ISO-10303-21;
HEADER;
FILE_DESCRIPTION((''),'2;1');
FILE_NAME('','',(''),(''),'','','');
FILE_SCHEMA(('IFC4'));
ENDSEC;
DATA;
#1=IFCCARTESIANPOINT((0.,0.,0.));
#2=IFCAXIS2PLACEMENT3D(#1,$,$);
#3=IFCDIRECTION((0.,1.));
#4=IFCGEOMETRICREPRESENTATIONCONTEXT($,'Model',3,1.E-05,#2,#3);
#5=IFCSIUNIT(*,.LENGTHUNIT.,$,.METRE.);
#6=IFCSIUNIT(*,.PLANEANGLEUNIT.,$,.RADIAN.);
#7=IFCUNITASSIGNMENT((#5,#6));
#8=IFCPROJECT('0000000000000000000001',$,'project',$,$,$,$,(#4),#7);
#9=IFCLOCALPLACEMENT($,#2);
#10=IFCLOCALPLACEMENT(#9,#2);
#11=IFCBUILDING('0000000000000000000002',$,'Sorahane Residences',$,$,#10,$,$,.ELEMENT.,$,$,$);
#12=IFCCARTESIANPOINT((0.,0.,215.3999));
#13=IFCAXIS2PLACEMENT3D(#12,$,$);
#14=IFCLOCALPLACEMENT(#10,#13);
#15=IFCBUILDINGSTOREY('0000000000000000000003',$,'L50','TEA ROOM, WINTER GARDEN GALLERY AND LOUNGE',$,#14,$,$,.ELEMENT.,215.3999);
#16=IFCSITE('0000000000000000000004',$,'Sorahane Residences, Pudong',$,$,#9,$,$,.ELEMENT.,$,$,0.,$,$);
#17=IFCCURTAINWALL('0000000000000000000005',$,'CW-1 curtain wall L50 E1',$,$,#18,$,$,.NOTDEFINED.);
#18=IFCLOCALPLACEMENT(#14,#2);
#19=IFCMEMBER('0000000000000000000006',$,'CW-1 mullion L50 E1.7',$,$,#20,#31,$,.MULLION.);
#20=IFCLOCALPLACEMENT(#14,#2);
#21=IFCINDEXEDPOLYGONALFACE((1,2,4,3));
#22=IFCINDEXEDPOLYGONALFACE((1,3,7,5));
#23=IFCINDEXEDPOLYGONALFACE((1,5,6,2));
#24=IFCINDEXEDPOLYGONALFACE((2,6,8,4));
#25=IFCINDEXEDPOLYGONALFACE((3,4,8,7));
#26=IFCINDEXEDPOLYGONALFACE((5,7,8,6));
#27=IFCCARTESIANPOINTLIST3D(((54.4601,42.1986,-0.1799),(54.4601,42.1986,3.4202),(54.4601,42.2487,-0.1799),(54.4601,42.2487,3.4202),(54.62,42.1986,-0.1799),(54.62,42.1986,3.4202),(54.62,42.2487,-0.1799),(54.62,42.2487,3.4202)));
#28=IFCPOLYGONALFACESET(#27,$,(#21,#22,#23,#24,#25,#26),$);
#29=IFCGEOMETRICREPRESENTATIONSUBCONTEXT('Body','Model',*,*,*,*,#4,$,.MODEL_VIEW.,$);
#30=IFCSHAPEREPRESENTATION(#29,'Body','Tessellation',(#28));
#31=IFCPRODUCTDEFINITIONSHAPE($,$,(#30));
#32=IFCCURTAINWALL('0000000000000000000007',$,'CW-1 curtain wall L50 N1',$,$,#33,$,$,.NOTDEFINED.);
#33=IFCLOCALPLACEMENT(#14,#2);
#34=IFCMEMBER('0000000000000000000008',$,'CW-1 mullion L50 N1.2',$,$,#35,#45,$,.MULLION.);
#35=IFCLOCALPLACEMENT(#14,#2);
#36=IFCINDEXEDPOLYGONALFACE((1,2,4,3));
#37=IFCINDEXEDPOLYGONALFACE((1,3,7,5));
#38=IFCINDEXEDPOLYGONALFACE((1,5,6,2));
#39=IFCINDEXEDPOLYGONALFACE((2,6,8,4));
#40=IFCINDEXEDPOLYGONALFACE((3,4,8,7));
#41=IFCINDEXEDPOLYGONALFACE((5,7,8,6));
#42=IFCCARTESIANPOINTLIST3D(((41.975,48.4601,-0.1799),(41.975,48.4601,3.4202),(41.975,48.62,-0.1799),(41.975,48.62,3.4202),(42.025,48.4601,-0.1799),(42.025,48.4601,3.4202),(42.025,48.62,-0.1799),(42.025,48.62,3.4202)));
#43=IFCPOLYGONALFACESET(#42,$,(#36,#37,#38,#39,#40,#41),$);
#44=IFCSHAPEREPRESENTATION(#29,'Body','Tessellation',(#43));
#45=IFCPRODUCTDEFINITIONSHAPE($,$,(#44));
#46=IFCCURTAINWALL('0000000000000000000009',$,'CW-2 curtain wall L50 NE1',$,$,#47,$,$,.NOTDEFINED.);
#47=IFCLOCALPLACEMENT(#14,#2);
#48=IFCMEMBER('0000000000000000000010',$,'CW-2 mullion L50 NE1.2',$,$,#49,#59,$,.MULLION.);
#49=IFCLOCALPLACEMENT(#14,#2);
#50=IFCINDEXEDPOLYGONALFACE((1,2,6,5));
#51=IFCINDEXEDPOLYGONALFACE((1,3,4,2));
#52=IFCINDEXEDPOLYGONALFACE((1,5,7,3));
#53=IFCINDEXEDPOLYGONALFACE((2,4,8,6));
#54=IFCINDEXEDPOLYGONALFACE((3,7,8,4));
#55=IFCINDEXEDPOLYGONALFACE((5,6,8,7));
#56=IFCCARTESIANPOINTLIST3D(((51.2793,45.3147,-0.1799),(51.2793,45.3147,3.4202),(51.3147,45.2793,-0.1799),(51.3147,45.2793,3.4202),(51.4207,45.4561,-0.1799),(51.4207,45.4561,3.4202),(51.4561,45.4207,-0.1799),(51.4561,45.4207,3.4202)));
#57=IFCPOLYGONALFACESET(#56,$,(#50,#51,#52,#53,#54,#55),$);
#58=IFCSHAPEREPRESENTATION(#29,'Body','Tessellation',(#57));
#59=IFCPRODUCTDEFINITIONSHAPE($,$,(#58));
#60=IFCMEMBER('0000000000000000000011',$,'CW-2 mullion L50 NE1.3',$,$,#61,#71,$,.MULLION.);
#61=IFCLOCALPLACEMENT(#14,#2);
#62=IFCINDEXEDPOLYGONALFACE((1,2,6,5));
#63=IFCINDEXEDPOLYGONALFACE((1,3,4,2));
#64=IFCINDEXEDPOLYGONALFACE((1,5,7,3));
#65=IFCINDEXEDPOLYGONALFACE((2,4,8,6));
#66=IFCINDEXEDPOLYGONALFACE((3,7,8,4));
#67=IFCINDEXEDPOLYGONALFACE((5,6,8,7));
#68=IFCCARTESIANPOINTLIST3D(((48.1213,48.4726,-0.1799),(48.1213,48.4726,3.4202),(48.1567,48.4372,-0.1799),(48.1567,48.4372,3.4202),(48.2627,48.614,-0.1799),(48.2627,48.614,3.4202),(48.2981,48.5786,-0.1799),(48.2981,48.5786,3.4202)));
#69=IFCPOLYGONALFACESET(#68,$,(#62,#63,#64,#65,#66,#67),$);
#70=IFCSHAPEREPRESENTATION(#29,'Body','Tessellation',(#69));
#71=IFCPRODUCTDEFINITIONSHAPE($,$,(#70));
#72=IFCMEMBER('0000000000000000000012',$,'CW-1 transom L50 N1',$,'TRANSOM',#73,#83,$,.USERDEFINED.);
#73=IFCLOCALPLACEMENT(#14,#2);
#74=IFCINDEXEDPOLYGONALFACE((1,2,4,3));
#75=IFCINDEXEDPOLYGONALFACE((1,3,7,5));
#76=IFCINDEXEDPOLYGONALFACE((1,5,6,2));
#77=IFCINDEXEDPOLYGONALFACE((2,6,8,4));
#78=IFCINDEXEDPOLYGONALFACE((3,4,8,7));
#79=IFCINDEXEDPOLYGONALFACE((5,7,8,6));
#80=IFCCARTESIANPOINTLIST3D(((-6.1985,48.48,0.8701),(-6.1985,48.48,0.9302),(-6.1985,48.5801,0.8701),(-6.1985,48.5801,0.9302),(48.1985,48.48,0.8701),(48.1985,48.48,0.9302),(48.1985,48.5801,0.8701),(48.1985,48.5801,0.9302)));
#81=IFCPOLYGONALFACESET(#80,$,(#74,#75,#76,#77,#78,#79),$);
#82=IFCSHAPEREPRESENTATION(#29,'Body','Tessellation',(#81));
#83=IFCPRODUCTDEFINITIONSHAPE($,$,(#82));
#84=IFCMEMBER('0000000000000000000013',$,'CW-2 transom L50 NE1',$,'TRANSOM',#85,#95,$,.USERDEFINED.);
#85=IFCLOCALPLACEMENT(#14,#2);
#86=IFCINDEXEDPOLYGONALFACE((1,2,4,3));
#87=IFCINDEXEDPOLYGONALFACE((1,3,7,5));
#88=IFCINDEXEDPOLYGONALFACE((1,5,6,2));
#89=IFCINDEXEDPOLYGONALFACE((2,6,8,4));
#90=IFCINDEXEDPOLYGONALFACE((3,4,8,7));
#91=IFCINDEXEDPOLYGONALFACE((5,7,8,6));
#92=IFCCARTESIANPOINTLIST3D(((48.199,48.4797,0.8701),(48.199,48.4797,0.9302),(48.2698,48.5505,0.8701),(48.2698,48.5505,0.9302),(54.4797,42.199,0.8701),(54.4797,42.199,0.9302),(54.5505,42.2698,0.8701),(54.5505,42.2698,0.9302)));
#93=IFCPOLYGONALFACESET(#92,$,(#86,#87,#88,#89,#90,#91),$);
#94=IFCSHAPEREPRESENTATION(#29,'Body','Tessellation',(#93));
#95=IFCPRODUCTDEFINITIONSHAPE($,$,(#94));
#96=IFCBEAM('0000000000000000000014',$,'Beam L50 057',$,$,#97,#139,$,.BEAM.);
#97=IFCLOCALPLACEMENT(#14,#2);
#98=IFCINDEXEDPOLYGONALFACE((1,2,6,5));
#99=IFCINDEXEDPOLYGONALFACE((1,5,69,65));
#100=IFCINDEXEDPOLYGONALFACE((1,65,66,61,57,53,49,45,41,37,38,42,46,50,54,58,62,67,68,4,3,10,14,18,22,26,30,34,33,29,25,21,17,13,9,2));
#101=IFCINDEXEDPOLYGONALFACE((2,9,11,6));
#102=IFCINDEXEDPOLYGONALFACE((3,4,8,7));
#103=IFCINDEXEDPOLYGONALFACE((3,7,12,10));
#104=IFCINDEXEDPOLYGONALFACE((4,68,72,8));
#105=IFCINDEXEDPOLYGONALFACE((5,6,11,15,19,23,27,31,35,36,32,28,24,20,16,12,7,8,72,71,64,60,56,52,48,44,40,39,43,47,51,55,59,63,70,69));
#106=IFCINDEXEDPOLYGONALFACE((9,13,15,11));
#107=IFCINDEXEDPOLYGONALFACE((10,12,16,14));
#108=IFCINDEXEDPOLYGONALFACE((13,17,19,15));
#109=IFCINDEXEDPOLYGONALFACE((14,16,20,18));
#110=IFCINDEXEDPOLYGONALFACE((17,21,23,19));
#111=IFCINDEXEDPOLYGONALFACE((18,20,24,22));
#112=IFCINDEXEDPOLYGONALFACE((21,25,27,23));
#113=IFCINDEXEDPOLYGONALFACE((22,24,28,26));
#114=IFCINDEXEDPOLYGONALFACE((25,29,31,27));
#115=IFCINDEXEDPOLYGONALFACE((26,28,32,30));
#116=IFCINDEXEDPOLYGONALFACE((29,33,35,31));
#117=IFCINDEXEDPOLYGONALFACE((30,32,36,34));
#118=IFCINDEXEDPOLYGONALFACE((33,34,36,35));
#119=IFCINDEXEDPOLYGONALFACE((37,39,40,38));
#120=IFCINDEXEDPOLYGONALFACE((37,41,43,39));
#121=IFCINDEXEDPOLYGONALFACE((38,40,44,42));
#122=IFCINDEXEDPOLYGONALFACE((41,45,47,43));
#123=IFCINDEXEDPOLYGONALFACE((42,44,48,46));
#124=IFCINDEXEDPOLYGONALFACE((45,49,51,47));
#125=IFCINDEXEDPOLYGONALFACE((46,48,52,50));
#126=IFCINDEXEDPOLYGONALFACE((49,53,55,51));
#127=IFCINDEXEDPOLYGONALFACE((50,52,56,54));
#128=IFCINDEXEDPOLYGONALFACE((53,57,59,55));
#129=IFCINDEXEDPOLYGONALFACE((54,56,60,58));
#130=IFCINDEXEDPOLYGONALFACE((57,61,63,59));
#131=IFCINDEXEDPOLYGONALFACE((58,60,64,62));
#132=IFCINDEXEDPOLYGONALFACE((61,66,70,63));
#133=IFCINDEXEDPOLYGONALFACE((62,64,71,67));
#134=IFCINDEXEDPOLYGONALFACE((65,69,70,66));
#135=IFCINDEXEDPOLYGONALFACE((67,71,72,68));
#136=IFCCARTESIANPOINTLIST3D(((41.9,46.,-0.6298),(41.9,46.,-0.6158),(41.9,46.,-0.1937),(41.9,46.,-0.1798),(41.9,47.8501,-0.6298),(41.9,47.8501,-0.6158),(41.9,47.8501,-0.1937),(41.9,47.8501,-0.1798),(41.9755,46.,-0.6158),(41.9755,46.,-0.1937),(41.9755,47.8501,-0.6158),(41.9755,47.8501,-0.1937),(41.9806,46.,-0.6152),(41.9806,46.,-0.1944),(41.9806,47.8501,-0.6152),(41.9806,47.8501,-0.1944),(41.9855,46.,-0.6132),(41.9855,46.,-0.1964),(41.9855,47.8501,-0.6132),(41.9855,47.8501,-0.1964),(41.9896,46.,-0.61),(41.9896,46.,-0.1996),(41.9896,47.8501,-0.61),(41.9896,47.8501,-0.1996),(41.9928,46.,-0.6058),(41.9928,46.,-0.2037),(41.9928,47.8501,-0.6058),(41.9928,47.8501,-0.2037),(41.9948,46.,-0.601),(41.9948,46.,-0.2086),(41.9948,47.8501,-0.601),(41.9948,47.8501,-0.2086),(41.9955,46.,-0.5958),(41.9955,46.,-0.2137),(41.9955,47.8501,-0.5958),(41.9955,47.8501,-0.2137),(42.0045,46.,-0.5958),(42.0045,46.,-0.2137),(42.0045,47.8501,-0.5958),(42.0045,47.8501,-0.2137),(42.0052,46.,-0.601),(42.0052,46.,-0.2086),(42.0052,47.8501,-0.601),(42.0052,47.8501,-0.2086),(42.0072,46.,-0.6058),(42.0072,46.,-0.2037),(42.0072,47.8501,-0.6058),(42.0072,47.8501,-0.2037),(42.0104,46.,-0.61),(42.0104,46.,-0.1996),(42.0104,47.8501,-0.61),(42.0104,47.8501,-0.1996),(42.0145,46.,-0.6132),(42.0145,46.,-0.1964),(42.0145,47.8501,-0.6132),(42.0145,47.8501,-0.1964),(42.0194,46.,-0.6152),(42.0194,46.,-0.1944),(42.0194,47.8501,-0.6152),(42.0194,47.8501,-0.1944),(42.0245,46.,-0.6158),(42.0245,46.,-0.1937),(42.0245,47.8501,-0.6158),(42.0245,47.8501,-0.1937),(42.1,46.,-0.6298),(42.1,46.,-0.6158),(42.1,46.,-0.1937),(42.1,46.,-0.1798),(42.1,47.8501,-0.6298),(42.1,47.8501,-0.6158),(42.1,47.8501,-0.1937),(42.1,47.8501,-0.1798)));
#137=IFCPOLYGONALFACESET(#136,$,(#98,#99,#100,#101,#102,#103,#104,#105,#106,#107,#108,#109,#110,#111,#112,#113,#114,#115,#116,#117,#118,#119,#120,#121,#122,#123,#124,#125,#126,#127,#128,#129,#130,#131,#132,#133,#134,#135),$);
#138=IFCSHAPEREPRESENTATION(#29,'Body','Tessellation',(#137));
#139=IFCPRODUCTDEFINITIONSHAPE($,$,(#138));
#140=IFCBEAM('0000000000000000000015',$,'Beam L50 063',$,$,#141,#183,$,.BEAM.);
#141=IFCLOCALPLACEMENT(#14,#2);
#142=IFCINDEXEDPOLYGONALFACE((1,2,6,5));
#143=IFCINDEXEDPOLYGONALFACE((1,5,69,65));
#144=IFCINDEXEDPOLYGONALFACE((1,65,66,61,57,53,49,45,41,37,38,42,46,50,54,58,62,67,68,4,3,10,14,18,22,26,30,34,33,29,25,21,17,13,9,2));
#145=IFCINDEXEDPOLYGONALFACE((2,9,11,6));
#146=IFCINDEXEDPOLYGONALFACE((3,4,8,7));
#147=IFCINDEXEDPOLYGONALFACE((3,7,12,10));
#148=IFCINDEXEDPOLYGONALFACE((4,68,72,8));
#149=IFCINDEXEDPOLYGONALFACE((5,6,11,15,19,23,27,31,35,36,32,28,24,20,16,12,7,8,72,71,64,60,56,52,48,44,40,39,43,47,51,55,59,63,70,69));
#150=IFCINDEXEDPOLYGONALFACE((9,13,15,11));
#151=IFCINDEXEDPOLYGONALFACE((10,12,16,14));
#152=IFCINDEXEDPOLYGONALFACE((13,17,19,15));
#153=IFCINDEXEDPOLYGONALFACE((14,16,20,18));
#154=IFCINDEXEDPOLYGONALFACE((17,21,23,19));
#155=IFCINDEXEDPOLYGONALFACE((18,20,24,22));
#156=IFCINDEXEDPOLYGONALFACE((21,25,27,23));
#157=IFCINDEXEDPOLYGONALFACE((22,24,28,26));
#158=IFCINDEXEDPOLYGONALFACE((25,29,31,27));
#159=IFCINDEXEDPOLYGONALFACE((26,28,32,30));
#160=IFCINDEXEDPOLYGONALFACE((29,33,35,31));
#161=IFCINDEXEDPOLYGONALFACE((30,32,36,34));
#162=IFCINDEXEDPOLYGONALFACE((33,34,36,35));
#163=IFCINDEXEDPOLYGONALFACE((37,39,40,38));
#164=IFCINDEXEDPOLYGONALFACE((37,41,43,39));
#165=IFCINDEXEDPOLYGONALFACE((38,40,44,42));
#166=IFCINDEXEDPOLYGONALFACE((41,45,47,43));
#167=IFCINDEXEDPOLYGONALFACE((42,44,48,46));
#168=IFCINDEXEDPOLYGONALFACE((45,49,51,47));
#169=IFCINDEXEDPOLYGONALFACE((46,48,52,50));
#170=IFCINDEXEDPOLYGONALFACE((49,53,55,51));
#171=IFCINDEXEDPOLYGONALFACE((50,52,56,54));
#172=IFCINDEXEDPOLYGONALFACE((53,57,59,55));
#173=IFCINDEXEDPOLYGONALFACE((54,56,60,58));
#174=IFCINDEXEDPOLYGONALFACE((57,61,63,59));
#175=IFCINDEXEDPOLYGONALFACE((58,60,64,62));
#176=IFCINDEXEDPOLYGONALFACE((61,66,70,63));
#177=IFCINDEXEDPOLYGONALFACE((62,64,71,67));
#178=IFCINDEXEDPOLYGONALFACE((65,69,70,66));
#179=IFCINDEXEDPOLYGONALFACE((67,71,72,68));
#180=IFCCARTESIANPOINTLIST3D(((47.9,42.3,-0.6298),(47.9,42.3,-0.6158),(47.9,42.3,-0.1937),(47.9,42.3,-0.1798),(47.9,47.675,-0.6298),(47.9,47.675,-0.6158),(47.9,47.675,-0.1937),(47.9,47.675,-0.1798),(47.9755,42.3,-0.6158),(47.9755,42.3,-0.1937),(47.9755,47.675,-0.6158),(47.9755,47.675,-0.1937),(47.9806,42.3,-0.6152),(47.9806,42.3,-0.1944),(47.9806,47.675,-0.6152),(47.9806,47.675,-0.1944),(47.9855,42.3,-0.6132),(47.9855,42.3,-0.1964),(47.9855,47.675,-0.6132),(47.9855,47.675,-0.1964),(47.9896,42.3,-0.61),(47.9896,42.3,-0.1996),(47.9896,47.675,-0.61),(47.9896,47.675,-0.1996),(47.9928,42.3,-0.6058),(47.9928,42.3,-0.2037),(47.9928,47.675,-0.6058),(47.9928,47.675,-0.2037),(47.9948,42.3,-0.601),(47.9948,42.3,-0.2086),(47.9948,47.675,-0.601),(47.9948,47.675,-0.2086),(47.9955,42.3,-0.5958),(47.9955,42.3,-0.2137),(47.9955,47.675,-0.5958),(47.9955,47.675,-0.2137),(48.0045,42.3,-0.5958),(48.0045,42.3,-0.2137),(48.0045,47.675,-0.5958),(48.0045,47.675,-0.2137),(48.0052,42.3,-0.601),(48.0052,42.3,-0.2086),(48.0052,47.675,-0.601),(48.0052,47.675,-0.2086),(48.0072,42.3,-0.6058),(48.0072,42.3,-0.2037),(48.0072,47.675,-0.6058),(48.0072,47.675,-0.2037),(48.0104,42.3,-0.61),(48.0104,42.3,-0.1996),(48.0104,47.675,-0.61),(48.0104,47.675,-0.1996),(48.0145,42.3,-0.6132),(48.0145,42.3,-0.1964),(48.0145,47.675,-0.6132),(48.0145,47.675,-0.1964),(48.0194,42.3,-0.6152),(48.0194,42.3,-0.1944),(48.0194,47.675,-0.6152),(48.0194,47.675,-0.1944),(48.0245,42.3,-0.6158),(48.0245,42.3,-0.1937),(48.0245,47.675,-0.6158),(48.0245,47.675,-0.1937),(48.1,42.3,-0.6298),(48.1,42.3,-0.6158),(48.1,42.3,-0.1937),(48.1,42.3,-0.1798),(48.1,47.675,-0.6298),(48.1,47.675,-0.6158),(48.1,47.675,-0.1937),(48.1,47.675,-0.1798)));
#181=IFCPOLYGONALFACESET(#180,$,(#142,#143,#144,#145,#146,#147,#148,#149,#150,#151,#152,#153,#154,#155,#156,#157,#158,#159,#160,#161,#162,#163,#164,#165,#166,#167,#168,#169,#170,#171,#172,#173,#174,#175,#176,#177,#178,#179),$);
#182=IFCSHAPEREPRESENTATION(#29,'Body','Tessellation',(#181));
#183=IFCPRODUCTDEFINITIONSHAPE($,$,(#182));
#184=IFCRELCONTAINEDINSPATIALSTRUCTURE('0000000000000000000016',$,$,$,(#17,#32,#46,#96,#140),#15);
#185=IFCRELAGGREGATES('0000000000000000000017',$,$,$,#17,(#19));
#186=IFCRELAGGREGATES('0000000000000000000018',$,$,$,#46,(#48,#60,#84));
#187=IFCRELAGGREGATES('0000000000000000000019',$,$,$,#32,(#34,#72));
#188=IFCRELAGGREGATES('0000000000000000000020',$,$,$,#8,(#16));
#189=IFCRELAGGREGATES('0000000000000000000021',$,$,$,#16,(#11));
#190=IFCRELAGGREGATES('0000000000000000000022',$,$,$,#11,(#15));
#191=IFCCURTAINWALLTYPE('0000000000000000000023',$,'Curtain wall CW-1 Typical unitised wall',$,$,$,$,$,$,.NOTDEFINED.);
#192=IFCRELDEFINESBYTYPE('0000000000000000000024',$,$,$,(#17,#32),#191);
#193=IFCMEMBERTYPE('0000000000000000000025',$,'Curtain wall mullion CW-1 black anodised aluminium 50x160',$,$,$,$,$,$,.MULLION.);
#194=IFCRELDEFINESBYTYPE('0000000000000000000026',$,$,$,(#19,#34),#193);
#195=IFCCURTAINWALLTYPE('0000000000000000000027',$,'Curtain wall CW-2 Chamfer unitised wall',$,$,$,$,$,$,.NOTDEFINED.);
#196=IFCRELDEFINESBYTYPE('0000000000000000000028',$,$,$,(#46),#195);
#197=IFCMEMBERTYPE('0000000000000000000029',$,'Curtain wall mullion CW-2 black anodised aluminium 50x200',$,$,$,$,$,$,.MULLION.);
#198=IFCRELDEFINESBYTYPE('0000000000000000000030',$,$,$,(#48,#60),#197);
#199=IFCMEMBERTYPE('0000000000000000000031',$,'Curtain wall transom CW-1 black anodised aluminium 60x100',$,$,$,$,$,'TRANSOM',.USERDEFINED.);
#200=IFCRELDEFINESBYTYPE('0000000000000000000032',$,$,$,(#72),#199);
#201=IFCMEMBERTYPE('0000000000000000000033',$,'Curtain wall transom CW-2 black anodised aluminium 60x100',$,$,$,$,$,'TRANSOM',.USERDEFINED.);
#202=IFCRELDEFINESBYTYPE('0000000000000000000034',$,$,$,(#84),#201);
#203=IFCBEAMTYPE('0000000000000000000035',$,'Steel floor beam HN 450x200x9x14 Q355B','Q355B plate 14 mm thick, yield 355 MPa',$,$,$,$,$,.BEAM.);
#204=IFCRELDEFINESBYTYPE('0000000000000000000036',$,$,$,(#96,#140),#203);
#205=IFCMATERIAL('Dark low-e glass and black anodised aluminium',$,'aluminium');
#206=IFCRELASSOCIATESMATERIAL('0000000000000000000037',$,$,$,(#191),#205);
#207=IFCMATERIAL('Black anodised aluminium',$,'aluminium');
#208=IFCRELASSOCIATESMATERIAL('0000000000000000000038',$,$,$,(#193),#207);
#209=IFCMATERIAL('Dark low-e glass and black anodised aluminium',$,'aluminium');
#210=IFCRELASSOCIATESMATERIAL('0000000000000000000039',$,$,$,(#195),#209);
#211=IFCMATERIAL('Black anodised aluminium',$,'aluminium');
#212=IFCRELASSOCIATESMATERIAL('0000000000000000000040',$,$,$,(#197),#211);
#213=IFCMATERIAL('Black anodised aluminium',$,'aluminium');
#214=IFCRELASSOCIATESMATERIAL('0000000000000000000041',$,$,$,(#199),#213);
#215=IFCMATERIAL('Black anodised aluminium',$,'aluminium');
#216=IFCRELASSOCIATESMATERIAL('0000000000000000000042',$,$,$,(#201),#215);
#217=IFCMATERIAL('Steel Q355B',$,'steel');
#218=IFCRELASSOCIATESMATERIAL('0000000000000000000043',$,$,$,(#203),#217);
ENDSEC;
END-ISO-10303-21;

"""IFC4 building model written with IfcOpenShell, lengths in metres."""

from ifc_helpers import new_model, si_unit, direction, frame, origin, origin_2d, place, context, subcontext, project, spatial, rectangle, i_section, extrude, material, material_profile, profile_set, type_object, element, aggregate, save


model = new_model("IFC4")

# Units and contexts
model_context = context("Model", 3, precision=1e-05, world=origin(), true_north=direction((0.0, 1.0)))
body_context = subcontext(model_context, "Body", "Model", "MODEL_VIEW")
ifc_project = project(units=[si_unit("LENGTHUNIT", "METRE"), si_unit("PLANEANGLEUNIT", "RADIAN")], contexts=[model_context])

# Site, building, storey
site_placement = place(None, origin())
site = spatial("IfcSite", under=ifc_project, at=site_placement, Name="Sorahane Residences, Pudong", CompositionType="ELEMENT", RefElevation=0.0)
building_placement = place(site_placement, origin())
building = spatial("IfcBuilding", under=site, at=building_placement, Name="Sorahane Residences", CompositionType="ELEMENT")
storey_placement = place(building_placement, frame((0.0, 0.0, 215.3999)))
storey = spatial("IfcBuildingStorey", under=building, at=storey_placement, Name="L50", Description="TEA ROOM, WINTER GARDEN GALLERY AND LOUNGE", CompositionType="ELEMENT", Elevation=215.3999)

# Curtain walls, members
ifc_material_1 = material(Name="Dark low-e glass and black anodised aluminium", Category="aluminium")
curtain_wall_type_1 = type_object("IfcCurtainWallType", Name="Curtain wall CW-1 Typical unitised wall", PredefinedType="NOTDEFINED", material=ifc_material_1)
curtain_wall_1_placement = place(storey_placement, origin())
curtain_wall_1 = element("IfcCurtainWall", 1, at=curtain_wall_1_placement, inside=storey, type_object=curtain_wall_type_1, Name="CW-1 curtain wall L50 E1", PredefinedType="NOTDEFINED")
ifc_material_2 = material(Name="Black anodised aluminium", Category="aluminium")
ifc_material_profile_1 = material_profile(ifc_material_2, rectangle(XDim=0.1599, YDim=0.05, at=origin_2d()), Name="Curtain wall mullion CW-1 black anodised aluminium 50x160")
ifc_profile_set_1 = profile_set([ifc_material_profile_1], Name="Black anodised aluminium")
member_type_1 = type_object("IfcMemberType", Name="Curtain wall mullion CW-1 black anodised aluminium 50x160", PredefinedType="MULLION", material=ifc_profile_set_1)
member_1_placement = place(storey_placement, frame((54.54, 42.2236, -0.1799), z_axis=(0.0, 0.0, 1.0), x_axis=(1.0, 0.0, 0.0)))
member_1 = element("IfcMember", 2, at=member_1_placement, type_object=member_type_1, Name="CW-1 mullion L50 E1.7", PredefinedType="MULLION", context=body_context, shape_type="SweptSolid", body=[
    extrude(rectangle(XDim=0.1599, YDim=0.05, at=origin_2d()), origin(), (0.0, 0.0, 1.0), 3.6001),
])
aggregate(curtain_wall_1, [member_1])
curtain_wall_2_placement = place(storey_placement, origin())
curtain_wall_2 = element("IfcCurtainWall", 3, at=curtain_wall_2_placement, inside=storey, type_object=curtain_wall_type_1, Name="CW-1 curtain wall L50 N1", PredefinedType="NOTDEFINED")
member_2_placement = place(storey_placement, frame((42.0, 48.54, -0.1799), z_axis=(0.0, 0.0, 1.0), x_axis=(0.0, 1.0, 0.0)))
member_2 = element("IfcMember", 4, at=member_2_placement, type_object=member_type_1, Name="CW-1 mullion L50 N1.2", PredefinedType="MULLION", context=body_context, shape_type="SweptSolid", body=[
    extrude(rectangle(XDim=0.1599, YDim=0.05, at=origin_2d()), origin(), (0.0, 0.0, 1.0), 3.6001),
])

# Curtain wall, members
ifc_material_3 = material(Name="Dark low-e glass and black anodised aluminium", Category="aluminium")
curtain_wall_type_2 = type_object("IfcCurtainWallType", Name="Curtain wall CW-2 Chamfer unitised wall", PredefinedType="NOTDEFINED", material=ifc_material_3)
curtain_wall_3_placement = place(storey_placement, origin())
curtain_wall_3 = element("IfcCurtainWall", 5, at=curtain_wall_3_placement, inside=storey, type_object=curtain_wall_type_2, Name="CW-2 curtain wall L50 NE1", PredefinedType="NOTDEFINED")
ifc_material_4 = material(Name="Black anodised aluminium", Category="aluminium")
ifc_material_profile_2 = material_profile(ifc_material_4, rectangle(XDim=0.2, YDim=0.05, at=origin_2d()), Name="Curtain wall mullion CW-2 black anodised aluminium 50x200")
ifc_profile_set_2 = profile_set([ifc_material_profile_2], Name="Black anodised aluminium")
member_type_2 = type_object("IfcMemberType", Name="Curtain wall mullion CW-2 black anodised aluminium 50x200", PredefinedType="MULLION", material=ifc_profile_set_2)
member_3_placement = place(storey_placement, frame((51.3677, 45.3677, -0.1799), z_axis=(0.0, 0.0, 1.0), x_axis=(0.707107, 0.707107, 0.0)))
member_3 = element("IfcMember", 6, at=member_3_placement, type_object=member_type_2, Name="CW-2 mullion L50 NE1.2", PredefinedType="MULLION", context=body_context, shape_type="SweptSolid", body=[
    extrude(rectangle(XDim=0.2, YDim=0.05, at=origin_2d()), origin(), (0.0, 0.0, 1.0), 3.6001),
])
member_4_placement = place(storey_placement, frame((48.2097, 48.5256, -0.1799), z_axis=(0.0, 0.0, 1.0), x_axis=(0.707107, 0.707107, 0.0)))
member_4 = element("IfcMember", 7, at=member_4_placement, type_object=member_type_2, Name="CW-2 mullion L50 NE1.3", PredefinedType="MULLION", context=body_context, shape_type="SweptSolid", body=[
    extrude(rectangle(XDim=0.2, YDim=0.05, at=origin_2d()), origin(), (0.0, 0.0, 1.0), 3.6001),
])

# Members
ifc_material_5 = material(Name="Black anodised aluminium", Category="aluminium")
ifc_material_profile_3 = material_profile(ifc_material_5, rectangle(XDim=0.1001, YDim=0.0601, at=origin_2d()), Name="Curtain wall transom CW-1 black anodised aluminium 60x100")
ifc_profile_set_3 = profile_set([ifc_material_profile_3], Name="Black anodised aluminium")
member_type_3 = type_object("IfcMemberType", Name="Curtain wall transom CW-1 black anodised aluminium 60x100", ElementType="TRANSOM", PredefinedType="USERDEFINED", material=ifc_profile_set_3)
member_5_placement = place(storey_placement, frame((48.1985, 48.53, 0.9001), z_axis=(-1.0, 0.0, 0.0), x_axis=(0.0, -1.0, 0.0)))
member_5 = element("IfcMember", 8, at=member_5_placement, type_object=member_type_3, Name="CW-1 transom L50 N1", ObjectType="TRANSOM", PredefinedType="USERDEFINED", context=body_context, shape_type="SweptSolid", body=[
    extrude(rectangle(XDim=0.1001, YDim=0.0601, at=origin_2d()), origin(), (0.0, 0.0, 1.0), 54.397),
])
ifc_material_6 = material(Name="Black anodised aluminium", Category="aluminium")
ifc_material_profile_4 = material_profile(ifc_material_6, rectangle(XDim=0.1001, YDim=0.0601, at=origin_2d()), Name="Curtain wall transom CW-2 black anodised aluminium 60x100")
ifc_profile_set_4 = profile_set([ifc_material_profile_4], Name="Black anodised aluminium")
member_type_4 = type_object("IfcMemberType", Name="Curtain wall transom CW-2 black anodised aluminium 60x100", ElementType="TRANSOM", PredefinedType="USERDEFINED", material=ifc_profile_set_4)
member_6_placement = place(storey_placement, frame((54.5151, 42.2344, 0.9001), z_axis=(-0.707107, 0.707107, 0.0), x_axis=(-0.707107, -0.707107, 0.0)))
member_6 = element("IfcMember", 9, at=member_6_placement, type_object=member_type_4, Name="CW-2 transom L50 NE1", ObjectType="TRANSOM", PredefinedType="USERDEFINED", context=body_context, shape_type="SweptSolid", body=[
    extrude(rectangle(XDim=0.1001, YDim=0.0601, at=origin_2d()), origin(), (0.0, 0.0, 1.0), 8.8823),
])

# Beams
ifc_material_7 = material(Name="Steel Q355B", Category="steel")
ifc_material_profile_5 = material_profile(ifc_material_7, i_section(OverallWidth=0.2, OverallDepth=0.45, WebThickness=0.009, FlangeThickness=0.0139, FilletRadius=0.02, at=origin_2d()), Name="HN 450x200x9x14")
ifc_profile_set_5 = profile_set([ifc_material_profile_5], Name="Steel Q355B")
beam_type_1 = type_object("IfcBeamType", Name="Steel floor beam HN 450x200x9x14 Q355B", Description="Q355B plate 14 mm thick, yield 355 MPa", PredefinedType="BEAM", material=ifc_profile_set_5)
beam_1_placement = place(storey_placement, frame((42.0, 46.0, -0.4048), z_axis=(0.0, 1.0, 0.0), x_axis=(-1.0, 0.0, 0.0)))
element("IfcBeam", 10, at=beam_1_placement, inside=storey, type_object=beam_type_1, Name="Beam L50 057", PredefinedType="BEAM", context=body_context, shape_type="SweptSolid", body=[
    extrude(i_section(OverallWidth=0.2, OverallDepth=0.45, WebThickness=0.009, FlangeThickness=0.0139, FilletRadius=0.02, at=origin_2d()), origin(), (0.0, 0.0, 1.0), 1.8501),
])
beam_2_placement = place(storey_placement, frame((48.0, 42.3, -0.4048), z_axis=(0.0, 1.0, 0.0), x_axis=(-1.0, 0.0, 0.0)))
element("IfcBeam", 11, at=beam_2_placement, inside=storey, type_object=beam_type_1, Name="Beam L50 063", PredefinedType="BEAM", context=body_context, shape_type="SweptSolid", body=[
    extrude(i_section(OverallWidth=0.2, OverallDepth=0.45, WebThickness=0.009, FlangeThickness=0.0139, FilletRadius=0.02, at=origin_2d()), origin(), (0.0, 0.0, 1.0), 5.375),
])

aggregate(curtain_wall_3, [member_3, member_4, member_6])
aggregate(curtain_wall_2, [member_2, member_5])

save(model, "model.ifc")
